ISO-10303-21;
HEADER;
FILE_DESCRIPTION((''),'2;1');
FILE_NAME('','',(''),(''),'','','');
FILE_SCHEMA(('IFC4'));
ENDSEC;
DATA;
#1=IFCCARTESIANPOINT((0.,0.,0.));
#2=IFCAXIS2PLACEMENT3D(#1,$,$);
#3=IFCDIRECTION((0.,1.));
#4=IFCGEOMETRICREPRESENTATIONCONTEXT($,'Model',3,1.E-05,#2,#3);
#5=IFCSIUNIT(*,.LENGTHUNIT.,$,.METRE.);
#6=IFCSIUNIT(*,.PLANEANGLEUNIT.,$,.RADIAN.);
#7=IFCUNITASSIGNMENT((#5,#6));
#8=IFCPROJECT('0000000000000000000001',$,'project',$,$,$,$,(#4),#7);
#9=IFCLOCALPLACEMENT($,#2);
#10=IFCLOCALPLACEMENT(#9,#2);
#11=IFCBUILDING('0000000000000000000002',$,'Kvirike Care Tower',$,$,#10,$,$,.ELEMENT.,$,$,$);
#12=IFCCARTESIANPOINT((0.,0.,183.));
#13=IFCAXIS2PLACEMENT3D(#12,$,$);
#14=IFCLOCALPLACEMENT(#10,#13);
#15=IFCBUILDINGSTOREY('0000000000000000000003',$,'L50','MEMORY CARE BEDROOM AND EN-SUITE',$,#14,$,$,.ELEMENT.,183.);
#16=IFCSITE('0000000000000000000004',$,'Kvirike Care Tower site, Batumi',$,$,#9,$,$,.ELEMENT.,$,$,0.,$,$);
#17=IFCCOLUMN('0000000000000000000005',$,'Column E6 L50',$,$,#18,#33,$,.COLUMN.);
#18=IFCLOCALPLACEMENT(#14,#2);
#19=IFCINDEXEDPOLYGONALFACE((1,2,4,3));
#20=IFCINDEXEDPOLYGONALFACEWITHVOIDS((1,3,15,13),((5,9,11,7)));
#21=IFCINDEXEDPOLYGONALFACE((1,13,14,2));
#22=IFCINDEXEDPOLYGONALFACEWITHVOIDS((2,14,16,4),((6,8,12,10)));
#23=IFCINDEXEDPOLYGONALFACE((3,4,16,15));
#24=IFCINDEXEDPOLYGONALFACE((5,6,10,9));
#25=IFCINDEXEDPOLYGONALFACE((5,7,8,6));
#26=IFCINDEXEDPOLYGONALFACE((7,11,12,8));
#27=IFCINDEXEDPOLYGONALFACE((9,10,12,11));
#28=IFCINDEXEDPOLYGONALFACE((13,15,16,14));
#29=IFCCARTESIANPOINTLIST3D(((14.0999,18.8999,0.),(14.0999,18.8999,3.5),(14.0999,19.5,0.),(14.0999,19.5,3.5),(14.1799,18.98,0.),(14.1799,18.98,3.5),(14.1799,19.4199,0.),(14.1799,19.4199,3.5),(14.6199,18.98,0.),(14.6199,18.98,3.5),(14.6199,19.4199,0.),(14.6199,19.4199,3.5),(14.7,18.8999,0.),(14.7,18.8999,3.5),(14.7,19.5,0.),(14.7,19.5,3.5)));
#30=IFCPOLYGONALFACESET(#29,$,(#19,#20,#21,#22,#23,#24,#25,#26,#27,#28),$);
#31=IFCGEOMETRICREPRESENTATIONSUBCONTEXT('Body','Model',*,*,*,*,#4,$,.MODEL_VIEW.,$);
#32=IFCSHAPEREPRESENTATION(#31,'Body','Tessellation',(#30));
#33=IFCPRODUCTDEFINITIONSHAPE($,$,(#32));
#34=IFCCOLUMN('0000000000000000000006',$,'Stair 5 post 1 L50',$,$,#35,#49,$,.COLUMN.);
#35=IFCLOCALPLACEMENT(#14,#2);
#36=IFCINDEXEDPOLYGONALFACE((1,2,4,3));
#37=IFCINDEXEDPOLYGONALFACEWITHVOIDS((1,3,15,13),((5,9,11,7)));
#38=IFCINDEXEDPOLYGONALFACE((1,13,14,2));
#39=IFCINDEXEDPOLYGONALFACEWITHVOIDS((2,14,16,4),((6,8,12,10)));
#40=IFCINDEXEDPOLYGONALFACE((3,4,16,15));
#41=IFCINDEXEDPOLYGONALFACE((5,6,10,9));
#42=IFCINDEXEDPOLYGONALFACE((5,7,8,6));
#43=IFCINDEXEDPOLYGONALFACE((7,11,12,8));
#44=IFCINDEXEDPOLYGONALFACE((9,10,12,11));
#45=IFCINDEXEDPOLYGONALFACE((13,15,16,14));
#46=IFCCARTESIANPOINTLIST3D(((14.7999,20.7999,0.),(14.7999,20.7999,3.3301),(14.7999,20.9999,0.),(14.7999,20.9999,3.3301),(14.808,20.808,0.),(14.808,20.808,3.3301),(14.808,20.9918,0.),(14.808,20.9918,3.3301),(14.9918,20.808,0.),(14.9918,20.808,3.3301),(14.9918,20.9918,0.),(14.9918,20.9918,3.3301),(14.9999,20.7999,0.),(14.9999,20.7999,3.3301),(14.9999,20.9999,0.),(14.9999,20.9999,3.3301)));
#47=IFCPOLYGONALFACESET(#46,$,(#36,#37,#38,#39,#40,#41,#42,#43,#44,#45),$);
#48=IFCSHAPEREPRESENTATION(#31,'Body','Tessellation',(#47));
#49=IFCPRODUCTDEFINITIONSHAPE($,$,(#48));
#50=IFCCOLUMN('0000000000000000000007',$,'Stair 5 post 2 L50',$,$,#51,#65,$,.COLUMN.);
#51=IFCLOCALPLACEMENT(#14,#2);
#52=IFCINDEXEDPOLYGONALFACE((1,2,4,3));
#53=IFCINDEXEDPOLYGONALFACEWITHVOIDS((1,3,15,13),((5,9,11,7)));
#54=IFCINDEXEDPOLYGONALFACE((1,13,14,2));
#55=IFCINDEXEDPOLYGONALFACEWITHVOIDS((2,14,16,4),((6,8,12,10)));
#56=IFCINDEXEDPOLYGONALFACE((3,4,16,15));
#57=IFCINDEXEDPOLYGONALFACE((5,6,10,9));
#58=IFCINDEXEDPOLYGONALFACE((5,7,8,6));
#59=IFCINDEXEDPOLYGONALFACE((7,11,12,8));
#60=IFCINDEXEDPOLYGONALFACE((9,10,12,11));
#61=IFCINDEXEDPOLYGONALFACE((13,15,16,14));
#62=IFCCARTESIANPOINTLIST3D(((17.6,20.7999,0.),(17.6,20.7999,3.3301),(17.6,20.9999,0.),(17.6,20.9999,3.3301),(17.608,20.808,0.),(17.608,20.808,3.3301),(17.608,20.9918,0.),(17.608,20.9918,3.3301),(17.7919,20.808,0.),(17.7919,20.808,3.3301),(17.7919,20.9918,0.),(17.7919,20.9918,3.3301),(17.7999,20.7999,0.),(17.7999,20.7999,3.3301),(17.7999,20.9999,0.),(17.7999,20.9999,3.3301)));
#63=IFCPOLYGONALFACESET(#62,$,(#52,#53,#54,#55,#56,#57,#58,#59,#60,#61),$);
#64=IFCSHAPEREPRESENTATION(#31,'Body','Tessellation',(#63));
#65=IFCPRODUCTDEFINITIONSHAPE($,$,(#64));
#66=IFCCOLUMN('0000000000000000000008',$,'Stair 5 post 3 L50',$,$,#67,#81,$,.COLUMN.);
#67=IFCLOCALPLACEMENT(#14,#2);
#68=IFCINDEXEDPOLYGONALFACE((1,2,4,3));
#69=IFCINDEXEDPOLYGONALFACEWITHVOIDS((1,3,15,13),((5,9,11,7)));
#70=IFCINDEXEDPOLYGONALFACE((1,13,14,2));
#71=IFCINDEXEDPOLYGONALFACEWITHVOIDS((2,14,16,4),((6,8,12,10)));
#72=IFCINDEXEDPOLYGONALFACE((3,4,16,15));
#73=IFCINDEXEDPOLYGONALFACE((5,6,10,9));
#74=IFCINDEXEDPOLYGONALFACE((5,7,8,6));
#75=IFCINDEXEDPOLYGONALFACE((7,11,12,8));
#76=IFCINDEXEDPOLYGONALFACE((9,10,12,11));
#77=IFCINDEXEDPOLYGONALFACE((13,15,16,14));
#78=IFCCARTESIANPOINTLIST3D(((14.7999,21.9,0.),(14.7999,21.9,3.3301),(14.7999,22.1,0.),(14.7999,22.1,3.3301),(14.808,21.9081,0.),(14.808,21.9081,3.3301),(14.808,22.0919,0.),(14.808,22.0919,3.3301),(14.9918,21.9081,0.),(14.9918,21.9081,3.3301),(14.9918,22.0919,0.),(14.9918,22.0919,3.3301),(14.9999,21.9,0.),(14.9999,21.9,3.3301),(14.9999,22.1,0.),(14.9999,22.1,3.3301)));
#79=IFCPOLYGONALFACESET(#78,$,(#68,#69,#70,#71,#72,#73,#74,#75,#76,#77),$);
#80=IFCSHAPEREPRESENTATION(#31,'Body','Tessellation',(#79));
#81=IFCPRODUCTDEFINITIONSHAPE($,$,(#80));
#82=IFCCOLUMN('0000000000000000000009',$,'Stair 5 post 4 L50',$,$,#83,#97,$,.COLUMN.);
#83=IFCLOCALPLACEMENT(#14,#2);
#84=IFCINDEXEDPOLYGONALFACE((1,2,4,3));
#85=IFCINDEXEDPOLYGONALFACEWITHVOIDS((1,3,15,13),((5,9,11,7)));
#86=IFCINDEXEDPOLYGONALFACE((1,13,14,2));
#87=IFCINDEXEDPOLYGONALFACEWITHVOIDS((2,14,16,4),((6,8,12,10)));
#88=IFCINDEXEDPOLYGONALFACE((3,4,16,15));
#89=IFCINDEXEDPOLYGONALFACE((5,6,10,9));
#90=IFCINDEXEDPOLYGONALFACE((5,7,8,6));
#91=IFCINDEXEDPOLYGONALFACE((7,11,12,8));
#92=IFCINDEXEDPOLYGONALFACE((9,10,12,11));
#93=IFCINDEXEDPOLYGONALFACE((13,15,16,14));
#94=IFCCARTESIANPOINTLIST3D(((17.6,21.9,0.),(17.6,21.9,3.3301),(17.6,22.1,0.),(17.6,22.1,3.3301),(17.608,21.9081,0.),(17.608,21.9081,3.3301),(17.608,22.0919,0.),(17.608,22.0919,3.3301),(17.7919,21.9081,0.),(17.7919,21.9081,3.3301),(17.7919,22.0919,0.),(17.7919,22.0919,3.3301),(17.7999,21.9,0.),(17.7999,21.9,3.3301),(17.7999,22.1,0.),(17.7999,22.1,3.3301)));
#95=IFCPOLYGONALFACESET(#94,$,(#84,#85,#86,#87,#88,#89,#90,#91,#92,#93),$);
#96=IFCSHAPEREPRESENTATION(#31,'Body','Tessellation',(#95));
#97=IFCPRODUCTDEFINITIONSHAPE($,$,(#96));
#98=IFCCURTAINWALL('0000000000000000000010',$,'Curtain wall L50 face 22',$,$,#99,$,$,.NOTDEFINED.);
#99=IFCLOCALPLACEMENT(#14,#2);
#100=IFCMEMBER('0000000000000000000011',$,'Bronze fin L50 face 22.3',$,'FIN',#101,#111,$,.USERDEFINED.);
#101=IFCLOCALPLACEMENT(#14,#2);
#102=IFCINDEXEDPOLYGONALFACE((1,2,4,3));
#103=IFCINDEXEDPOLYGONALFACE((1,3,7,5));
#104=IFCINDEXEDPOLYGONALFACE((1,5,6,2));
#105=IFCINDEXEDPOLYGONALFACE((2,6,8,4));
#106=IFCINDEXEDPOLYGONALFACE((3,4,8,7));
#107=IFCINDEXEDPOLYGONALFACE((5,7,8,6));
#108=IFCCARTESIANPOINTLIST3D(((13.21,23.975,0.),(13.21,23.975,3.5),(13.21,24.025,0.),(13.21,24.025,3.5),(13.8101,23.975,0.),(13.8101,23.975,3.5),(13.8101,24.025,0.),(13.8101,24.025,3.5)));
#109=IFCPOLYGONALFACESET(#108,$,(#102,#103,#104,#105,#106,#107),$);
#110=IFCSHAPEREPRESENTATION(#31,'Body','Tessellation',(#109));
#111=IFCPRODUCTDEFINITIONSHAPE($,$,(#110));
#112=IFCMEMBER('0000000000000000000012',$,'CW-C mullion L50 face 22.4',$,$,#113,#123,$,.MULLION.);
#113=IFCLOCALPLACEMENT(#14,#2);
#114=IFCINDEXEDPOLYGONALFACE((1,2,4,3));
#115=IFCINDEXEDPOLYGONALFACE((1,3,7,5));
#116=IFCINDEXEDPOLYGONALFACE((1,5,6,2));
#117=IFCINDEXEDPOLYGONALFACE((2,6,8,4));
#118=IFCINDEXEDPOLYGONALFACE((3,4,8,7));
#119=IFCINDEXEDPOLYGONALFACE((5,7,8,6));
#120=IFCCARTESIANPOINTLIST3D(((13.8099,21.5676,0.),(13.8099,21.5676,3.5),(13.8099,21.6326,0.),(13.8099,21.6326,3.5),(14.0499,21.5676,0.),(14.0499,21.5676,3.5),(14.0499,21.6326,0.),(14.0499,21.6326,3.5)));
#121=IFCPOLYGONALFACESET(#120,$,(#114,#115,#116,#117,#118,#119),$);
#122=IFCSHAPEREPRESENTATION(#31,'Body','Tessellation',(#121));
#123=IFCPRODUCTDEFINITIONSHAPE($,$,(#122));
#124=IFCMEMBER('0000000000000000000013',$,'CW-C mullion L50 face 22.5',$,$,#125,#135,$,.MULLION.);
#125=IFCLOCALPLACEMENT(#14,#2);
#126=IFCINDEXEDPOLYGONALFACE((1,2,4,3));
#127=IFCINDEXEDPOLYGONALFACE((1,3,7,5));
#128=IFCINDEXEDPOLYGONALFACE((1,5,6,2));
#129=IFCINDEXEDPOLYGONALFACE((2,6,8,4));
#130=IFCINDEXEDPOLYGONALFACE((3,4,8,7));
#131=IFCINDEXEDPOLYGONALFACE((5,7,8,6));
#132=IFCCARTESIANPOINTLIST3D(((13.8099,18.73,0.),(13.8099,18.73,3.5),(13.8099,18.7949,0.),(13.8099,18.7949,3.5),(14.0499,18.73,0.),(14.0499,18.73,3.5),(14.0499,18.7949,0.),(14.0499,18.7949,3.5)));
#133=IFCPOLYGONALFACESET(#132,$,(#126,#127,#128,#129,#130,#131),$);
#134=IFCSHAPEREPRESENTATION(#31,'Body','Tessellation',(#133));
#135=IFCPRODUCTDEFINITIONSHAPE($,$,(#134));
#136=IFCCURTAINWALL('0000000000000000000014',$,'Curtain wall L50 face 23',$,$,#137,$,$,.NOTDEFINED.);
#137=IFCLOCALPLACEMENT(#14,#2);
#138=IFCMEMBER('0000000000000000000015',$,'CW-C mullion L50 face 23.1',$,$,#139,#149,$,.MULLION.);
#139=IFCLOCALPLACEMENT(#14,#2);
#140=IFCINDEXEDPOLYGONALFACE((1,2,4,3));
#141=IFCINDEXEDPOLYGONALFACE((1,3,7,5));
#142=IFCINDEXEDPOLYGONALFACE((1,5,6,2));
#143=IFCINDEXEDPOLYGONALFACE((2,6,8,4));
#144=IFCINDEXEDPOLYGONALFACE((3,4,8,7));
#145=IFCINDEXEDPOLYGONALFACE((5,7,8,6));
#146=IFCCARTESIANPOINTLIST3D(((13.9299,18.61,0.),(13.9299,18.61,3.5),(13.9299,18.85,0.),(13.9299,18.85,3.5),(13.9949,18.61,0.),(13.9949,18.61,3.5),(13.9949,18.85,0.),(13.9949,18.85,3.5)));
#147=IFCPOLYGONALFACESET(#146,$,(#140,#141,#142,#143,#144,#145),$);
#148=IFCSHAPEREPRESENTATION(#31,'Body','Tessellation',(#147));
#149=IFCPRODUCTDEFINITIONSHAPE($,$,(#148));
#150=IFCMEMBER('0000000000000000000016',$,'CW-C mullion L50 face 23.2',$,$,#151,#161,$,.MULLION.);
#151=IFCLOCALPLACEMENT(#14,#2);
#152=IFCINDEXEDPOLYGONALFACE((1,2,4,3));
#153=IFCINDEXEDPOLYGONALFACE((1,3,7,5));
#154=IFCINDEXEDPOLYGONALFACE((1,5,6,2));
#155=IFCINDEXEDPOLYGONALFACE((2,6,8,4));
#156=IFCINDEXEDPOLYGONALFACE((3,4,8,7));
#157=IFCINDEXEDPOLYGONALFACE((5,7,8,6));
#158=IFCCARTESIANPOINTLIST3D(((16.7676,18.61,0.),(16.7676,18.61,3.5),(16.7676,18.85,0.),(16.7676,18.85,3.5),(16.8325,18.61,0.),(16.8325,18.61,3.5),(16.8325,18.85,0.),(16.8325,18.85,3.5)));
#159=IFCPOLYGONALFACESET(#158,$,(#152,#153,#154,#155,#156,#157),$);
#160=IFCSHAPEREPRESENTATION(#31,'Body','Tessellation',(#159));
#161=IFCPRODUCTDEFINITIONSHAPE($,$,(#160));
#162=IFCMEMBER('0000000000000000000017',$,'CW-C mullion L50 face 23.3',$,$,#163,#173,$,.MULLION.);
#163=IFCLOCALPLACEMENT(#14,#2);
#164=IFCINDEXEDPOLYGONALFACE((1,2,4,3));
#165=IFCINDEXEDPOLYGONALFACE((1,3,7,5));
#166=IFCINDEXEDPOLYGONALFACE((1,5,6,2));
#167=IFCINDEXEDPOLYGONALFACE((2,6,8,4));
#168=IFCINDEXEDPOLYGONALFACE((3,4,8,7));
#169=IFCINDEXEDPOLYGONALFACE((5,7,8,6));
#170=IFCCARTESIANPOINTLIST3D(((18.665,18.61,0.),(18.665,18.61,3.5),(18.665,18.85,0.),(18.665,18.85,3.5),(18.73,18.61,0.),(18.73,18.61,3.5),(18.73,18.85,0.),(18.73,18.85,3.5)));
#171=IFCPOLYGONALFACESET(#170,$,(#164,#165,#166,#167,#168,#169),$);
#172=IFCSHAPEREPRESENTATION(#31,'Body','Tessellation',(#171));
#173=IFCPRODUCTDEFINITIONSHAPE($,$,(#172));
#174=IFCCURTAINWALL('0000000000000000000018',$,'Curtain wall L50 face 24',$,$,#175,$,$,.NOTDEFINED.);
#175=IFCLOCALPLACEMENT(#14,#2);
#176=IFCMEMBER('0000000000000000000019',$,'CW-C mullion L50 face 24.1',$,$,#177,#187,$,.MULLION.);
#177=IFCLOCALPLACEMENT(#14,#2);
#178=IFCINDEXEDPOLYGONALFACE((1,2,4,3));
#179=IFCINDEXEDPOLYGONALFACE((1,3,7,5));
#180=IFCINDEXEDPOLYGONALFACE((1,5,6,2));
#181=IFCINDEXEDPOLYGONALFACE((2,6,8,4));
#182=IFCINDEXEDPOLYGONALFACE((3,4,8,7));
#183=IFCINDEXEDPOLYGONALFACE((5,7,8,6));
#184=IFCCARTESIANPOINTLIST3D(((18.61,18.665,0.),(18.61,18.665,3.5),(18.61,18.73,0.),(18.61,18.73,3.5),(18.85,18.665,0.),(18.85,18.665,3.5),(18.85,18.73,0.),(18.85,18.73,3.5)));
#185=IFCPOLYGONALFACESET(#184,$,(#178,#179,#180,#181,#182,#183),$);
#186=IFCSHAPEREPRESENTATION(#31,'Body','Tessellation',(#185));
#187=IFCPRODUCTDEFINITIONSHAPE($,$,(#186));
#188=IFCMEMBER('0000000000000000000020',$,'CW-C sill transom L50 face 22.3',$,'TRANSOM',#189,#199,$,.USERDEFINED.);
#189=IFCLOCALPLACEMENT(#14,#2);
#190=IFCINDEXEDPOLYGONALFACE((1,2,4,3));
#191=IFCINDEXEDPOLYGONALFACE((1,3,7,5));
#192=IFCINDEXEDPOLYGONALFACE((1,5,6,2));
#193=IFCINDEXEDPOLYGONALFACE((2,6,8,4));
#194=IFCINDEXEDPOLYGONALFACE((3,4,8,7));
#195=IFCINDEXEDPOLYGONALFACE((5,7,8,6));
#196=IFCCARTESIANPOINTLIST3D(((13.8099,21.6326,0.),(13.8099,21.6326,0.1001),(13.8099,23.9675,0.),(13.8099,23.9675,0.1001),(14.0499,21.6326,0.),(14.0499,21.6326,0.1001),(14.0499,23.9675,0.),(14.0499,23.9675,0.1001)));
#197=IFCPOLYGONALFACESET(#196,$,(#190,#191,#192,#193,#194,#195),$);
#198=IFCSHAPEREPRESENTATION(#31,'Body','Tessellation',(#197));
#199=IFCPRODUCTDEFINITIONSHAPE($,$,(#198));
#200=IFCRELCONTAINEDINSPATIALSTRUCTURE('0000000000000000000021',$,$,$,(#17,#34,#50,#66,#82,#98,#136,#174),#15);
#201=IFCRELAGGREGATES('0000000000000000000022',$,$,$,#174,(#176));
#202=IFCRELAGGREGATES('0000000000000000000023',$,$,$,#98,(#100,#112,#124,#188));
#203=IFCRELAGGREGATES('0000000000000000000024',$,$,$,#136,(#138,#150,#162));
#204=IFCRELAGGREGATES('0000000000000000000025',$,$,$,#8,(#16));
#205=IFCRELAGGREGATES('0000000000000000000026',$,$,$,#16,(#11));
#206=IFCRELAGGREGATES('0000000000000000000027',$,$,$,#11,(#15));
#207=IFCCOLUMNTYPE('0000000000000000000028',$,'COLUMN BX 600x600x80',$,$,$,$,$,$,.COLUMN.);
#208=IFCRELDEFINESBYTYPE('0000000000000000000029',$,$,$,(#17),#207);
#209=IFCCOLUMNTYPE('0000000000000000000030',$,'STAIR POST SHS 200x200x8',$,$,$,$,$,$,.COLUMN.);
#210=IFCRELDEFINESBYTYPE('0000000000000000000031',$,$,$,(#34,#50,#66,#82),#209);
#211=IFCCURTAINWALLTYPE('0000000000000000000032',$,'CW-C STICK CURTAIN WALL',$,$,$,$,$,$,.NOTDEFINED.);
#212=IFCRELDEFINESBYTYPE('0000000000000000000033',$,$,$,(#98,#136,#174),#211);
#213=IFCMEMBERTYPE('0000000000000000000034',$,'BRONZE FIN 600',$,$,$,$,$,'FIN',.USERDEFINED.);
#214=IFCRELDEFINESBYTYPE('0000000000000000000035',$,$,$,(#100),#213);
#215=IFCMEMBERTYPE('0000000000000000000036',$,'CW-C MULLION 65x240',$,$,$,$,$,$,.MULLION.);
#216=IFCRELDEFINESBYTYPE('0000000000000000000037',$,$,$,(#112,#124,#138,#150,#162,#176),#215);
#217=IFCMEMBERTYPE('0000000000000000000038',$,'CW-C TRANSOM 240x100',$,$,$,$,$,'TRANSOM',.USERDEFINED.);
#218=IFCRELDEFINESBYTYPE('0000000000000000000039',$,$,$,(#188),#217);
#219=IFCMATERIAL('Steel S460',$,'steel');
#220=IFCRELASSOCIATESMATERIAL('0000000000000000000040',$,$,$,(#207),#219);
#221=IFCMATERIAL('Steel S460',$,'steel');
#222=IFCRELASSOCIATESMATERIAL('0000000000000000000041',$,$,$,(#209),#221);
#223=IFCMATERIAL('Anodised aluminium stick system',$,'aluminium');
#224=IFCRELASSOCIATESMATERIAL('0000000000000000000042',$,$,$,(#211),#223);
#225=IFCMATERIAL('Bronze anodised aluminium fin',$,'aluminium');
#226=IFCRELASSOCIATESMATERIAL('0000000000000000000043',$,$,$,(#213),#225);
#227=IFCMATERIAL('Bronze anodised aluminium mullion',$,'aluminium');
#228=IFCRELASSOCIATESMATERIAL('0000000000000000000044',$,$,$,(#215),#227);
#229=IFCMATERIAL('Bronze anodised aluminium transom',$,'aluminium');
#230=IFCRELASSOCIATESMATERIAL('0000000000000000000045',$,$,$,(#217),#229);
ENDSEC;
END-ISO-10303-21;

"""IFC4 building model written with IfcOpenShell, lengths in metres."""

from ifc_helpers import new_model, si_unit, direction, frame, origin, origin_2d, place, context, subcontext, project, spatial, rectangle, hollow_rectangle, extrude, material, material_profile, profile_set, type_object, element, aggregate, save


model = new_model("IFC4")

# Units and contexts
model_context = context("Model", 3, precision=1e-05, world=origin(), true_north=direction((0.0, 1.0)))
body_context = subcontext(model_context, "Body", "Model", "MODEL_VIEW")
ifc_project = project(units=[si_unit("LENGTHUNIT", "METRE"), si_unit("PLANEANGLEUNIT", "RADIAN")], contexts=[model_context])

# Site, building, storey
site_placement = place(None, origin())
site = spatial("IfcSite", under=ifc_project, at=site_placement, Name="Kvirike Care Tower site, Batumi", CompositionType="ELEMENT", RefElevation=0.0)
building_placement = place(site_placement, origin())
building = spatial("IfcBuilding", under=site, at=building_placement, Name="Kvirike Care Tower", CompositionType="ELEMENT")
storey_placement = place(building_placement, frame((0.0, 0.0, 183.0)))
storey = spatial("IfcBuildingStorey", under=building, at=storey_placement, Name="L50", Description="MEMORY CARE BEDROOM AND EN-SUITE", CompositionType="ELEMENT", Elevation=183.0)

# Columns
ifc_material_1 = material(Name="Steel S460", Category="steel")
ifc_material_profile_1 = material_profile(ifc_material_1, hollow_rectangle(XDim=0.6001, YDim=0.6001, WallThickness=0.0801, at=origin_2d()), Name="BX 600x600x80")
ifc_profile_set_1 = profile_set([ifc_material_profile_1], Name="Steel S460")
column_type_1 = type_object("IfcColumnType", Name="COLUMN BX 600x600x80", PredefinedType="COLUMN", material=ifc_profile_set_1)
column_placement = place(storey_placement, frame((14.3999, 19.2, 0.0), z_axis=(0.0, 0.0, 1.0), x_axis=(0.0, 1.0, 0.0)))
element("IfcColumn", 1, at=column_placement, inside=storey, type_object=column_type_1, Name="Column E6 L50", PredefinedType="COLUMN", context=body_context, shape_type="SweptSolid", body=[
    extrude(hollow_rectangle(XDim=0.6001, YDim=0.6001, WallThickness=0.0801, at=origin_2d()), origin(), (0.0, 0.0, 1.0), 3.5),
])
ifc_material_2 = material(Name="Steel S460", Category="steel")
ifc_material_profile_2 = material_profile(ifc_material_2, hollow_rectangle(XDim=0.2, YDim=0.2, WallThickness=0.0081, at=origin_2d()), Name="SHS 200x200x8")
ifc_profile_set_2 = profile_set([ifc_material_profile_2], Name="Steel S460")
column_type_2 = type_object("IfcColumnType", Name="STAIR POST SHS 200x200x8", PredefinedType="COLUMN", material=ifc_profile_set_2)
for number, where, z_axis, x_axis, name in (
    (2, (14.8999, 20.8999, 0.0), (0.0, 0.0, 1.0), (1.0, 0.0, 0.0), "Stair 5 post 1 L50"),
    (3, (17.7, 20.8999, 0.0), (0.0, 0.0, 1.0), (1.0, 0.0, 0.0), "Stair 5 post 2 L50"),
    (4, (14.8999, 22.0, 0.0), (0.0, 0.0, 1.0), (1.0, 0.0, 0.0), "Stair 5 post 3 L50"),
    (5, (17.7, 22.0, 0.0), (0.0, 0.0, 1.0), (1.0, 0.0, 0.0), "Stair 5 post 4 L50"),
):
    element("IfcColumn", number, at=place(storey_placement, frame(where, z_axis=z_axis, x_axis=x_axis)), inside=storey, type_object=column_type_2, Name=name, PredefinedType="COLUMN", context=body_context, shape_type="SweptSolid", body=[
        extrude(hollow_rectangle(XDim=0.2, YDim=0.2, WallThickness=0.0081, at=origin_2d()), origin(), (0.0, 0.0, 1.0), 3.3301),
    ])

# Curtain walls, members
ifc_material_3 = material(Name="Anodised aluminium stick system", Category="aluminium")
curtain_wall_type = type_object("IfcCurtainWallType", Name="CW-C STICK CURTAIN WALL", PredefinedType="NOTDEFINED", material=ifc_material_3)
curtain_wall_1_placement = place(storey_placement, origin())
curtain_wall_1 = element("IfcCurtainWall", 6, at=curtain_wall_1_placement, inside=storey, type_object=curtain_wall_type, Name="Curtain wall L50 face 22", PredefinedType="NOTDEFINED")
ifc_material_4 = material(Name="Bronze anodised aluminium fin", Category="aluminium")
ifc_material_profile_3 = material_profile(ifc_material_4, rectangle(XDim=0.05, YDim=0.6001, at=origin_2d()), Name="BRONZE FIN 600")
ifc_profile_set_3 = profile_set([ifc_material_profile_3], Name="Bronze anodised aluminium fin")
member_type_1 = type_object("IfcMemberType", Name="BRONZE FIN 600", ElementType="FIN", PredefinedType="USERDEFINED", material=ifc_profile_set_3)
member_1_placement = place(storey_placement, frame((13.51, 24.0, 0.0), z_axis=(0.0, 0.0, 1.0), x_axis=(0.0, -1.0, 0.0)))
member_1 = element("IfcMember", 7, at=member_1_placement, type_object=member_type_1, Name="Bronze fin L50 face 22.3", ObjectType="FIN", PredefinedType="USERDEFINED", context=body_context, shape_type="SweptSolid", body=[
    extrude(rectangle(XDim=0.05, YDim=0.6001, at=origin_2d()), origin(), (0.0, 0.0, 1.0), 3.5),
])
ifc_material_5 = material(Name="Bronze anodised aluminium mullion", Category="aluminium")
ifc_material_profile_4 = material_profile(ifc_material_5, rectangle(XDim=0.0649, YDim=0.24, at=origin_2d()), Name="CW-C MULLION 65x240")
ifc_profile_set_4 = profile_set([ifc_material_profile_4], Name="Bronze anodised aluminium mullion")
member_type_2 = type_object("IfcMemberType", Name="CW-C MULLION 65x240", PredefinedType="MULLION", material=ifc_profile_set_4)
member_2_placement = place(storey_placement, frame((13.9299, 21.6001, 0.0), z_axis=(0.0, 0.0, 1.0), x_axis=(0.0, -1.0, 0.0)))
member_2 = element("IfcMember", 8, at=member_2_placement, type_object=member_type_2, Name="CW-C mullion L50 face 22.4", PredefinedType="MULLION", context=body_context, shape_type="SweptSolid", body=[
    extrude(rectangle(XDim=0.0649, YDim=0.24, at=origin_2d()), origin(), (0.0, 0.0, 1.0), 3.5),
])
member_3_placement = place(storey_placement, frame((13.9299, 18.7625, 0.0), z_axis=(0.0, 0.0, 1.0), x_axis=(0.0, -1.0, 0.0)))
member_3 = element("IfcMember", 9, at=member_3_placement, type_object=member_type_2, Name="CW-C mullion L50 face 22.5", PredefinedType="MULLION", context=body_context, shape_type="SweptSolid", body=[
    extrude(rectangle(XDim=0.0649, YDim=0.24, at=origin_2d()), origin(), (0.0, 0.0, 1.0), 3.5),
])
curtain_wall_2_placement = place(storey_placement, origin())
curtain_wall_2 = element("IfcCurtainWall", 10, at=curtain_wall_2_placement, inside=storey, type_object=curtain_wall_type, Name="Curtain wall L50 face 23", PredefinedType="NOTDEFINED")
member_4_placement = place(storey_placement, frame((13.9624, 18.73, 0.0), z_axis=(0.0, 0.0, 1.0), x_axis=(1.0, 0.0, 0.0)))
member_4 = element("IfcMember", 11, at=member_4_placement, type_object=member_type_2, Name="CW-C mullion L50 face 23.1", PredefinedType="MULLION", context=body_context, shape_type="SweptSolid", body=[
    extrude(rectangle(XDim=0.0649, YDim=0.24, at=origin_2d()), origin(), (0.0, 0.0, 1.0), 3.5),
])
member_5_placement = place(storey_placement, frame((16.8, 18.73, 0.0), z_axis=(0.0, 0.0, 1.0), x_axis=(1.0, 0.0, 0.0)))
member_5 = element("IfcMember", 12, at=member_5_placement, type_object=member_type_2, Name="CW-C mullion L50 face 23.2", PredefinedType="MULLION", context=body_context, shape_type="SweptSolid", body=[
    extrude(rectangle(XDim=0.0649, YDim=0.24, at=origin_2d()), origin(), (0.0, 0.0, 1.0), 3.5),
])
member_6_placement = place(storey_placement, frame((18.6975, 18.73, 0.0), z_axis=(0.0, 0.0, 1.0), x_axis=(1.0, 0.0, 0.0)))
member_6 = element("IfcMember", 13, at=member_6_placement, type_object=member_type_2, Name="CW-C mullion L50 face 23.3", PredefinedType="MULLION", context=body_context, shape_type="SweptSolid", body=[
    extrude(rectangle(XDim=0.0649, YDim=0.24, at=origin_2d()), origin(), (0.0, 0.0, 1.0), 3.5),
])

# Curtain wall, member
curtain_wall_3_placement = place(storey_placement, origin())
curtain_wall_3 = element("IfcCurtainWall", 14, at=curtain_wall_3_placement, inside=storey, type_object=curtain_wall_type, Name="Curtain wall L50 face 24", PredefinedType="NOTDEFINED")
member_7_placement = place(storey_placement, frame((18.73, 18.6975, 0.0), z_axis=(0.0, 0.0, 1.0), x_axis=(0.0, -1.0, 0.0)))
member_7 = element("IfcMember", 15, at=member_7_placement, type_object=member_type_2, Name="CW-C mullion L50 face 24.1", PredefinedType="MULLION", context=body_context, shape_type="SweptSolid", body=[
    extrude(rectangle(XDim=0.0649, YDim=0.24, at=origin_2d()), origin(), (0.0, 0.0, 1.0), 3.5),
])
aggregate(curtain_wall_3, [member_7])

# Member
ifc_material_6 = material(Name="Bronze anodised aluminium transom", Category="aluminium")
ifc_material_profile_5 = material_profile(ifc_material_6, rectangle(XDim=0.24, YDim=0.1001, at=origin_2d()), Name="CW-C TRANSOM 240x100")
ifc_profile_set_5 = profile_set([ifc_material_profile_5], Name="Bronze anodised aluminium transom")
member_type_3 = type_object("IfcMemberType", Name="CW-C TRANSOM 240x100", ElementType="TRANSOM", PredefinedType="USERDEFINED", material=ifc_profile_set_5)
member_8_placement = place(storey_placement, frame((13.9299, 23.9675, 0.05), z_axis=(0.0, -1.0, 0.0), x_axis=(1.0, 0.0, 0.0)))
member_8 = element("IfcMember", 16, at=member_8_placement, type_object=member_type_3, Name="CW-C sill transom L50 face 22.3", ObjectType="TRANSOM", PredefinedType="USERDEFINED", context=body_context, shape_type="SweptSolid", body=[
    extrude(rectangle(XDim=0.24, YDim=0.1001, at=origin_2d()), origin(), (0.0, 0.0, 1.0), 2.335),
])

aggregate(curtain_wall_1, [member_1, member_2, member_3, member_8])
aggregate(curtain_wall_2, [member_4, member_5, member_6])

save(model, "model.ifc")
